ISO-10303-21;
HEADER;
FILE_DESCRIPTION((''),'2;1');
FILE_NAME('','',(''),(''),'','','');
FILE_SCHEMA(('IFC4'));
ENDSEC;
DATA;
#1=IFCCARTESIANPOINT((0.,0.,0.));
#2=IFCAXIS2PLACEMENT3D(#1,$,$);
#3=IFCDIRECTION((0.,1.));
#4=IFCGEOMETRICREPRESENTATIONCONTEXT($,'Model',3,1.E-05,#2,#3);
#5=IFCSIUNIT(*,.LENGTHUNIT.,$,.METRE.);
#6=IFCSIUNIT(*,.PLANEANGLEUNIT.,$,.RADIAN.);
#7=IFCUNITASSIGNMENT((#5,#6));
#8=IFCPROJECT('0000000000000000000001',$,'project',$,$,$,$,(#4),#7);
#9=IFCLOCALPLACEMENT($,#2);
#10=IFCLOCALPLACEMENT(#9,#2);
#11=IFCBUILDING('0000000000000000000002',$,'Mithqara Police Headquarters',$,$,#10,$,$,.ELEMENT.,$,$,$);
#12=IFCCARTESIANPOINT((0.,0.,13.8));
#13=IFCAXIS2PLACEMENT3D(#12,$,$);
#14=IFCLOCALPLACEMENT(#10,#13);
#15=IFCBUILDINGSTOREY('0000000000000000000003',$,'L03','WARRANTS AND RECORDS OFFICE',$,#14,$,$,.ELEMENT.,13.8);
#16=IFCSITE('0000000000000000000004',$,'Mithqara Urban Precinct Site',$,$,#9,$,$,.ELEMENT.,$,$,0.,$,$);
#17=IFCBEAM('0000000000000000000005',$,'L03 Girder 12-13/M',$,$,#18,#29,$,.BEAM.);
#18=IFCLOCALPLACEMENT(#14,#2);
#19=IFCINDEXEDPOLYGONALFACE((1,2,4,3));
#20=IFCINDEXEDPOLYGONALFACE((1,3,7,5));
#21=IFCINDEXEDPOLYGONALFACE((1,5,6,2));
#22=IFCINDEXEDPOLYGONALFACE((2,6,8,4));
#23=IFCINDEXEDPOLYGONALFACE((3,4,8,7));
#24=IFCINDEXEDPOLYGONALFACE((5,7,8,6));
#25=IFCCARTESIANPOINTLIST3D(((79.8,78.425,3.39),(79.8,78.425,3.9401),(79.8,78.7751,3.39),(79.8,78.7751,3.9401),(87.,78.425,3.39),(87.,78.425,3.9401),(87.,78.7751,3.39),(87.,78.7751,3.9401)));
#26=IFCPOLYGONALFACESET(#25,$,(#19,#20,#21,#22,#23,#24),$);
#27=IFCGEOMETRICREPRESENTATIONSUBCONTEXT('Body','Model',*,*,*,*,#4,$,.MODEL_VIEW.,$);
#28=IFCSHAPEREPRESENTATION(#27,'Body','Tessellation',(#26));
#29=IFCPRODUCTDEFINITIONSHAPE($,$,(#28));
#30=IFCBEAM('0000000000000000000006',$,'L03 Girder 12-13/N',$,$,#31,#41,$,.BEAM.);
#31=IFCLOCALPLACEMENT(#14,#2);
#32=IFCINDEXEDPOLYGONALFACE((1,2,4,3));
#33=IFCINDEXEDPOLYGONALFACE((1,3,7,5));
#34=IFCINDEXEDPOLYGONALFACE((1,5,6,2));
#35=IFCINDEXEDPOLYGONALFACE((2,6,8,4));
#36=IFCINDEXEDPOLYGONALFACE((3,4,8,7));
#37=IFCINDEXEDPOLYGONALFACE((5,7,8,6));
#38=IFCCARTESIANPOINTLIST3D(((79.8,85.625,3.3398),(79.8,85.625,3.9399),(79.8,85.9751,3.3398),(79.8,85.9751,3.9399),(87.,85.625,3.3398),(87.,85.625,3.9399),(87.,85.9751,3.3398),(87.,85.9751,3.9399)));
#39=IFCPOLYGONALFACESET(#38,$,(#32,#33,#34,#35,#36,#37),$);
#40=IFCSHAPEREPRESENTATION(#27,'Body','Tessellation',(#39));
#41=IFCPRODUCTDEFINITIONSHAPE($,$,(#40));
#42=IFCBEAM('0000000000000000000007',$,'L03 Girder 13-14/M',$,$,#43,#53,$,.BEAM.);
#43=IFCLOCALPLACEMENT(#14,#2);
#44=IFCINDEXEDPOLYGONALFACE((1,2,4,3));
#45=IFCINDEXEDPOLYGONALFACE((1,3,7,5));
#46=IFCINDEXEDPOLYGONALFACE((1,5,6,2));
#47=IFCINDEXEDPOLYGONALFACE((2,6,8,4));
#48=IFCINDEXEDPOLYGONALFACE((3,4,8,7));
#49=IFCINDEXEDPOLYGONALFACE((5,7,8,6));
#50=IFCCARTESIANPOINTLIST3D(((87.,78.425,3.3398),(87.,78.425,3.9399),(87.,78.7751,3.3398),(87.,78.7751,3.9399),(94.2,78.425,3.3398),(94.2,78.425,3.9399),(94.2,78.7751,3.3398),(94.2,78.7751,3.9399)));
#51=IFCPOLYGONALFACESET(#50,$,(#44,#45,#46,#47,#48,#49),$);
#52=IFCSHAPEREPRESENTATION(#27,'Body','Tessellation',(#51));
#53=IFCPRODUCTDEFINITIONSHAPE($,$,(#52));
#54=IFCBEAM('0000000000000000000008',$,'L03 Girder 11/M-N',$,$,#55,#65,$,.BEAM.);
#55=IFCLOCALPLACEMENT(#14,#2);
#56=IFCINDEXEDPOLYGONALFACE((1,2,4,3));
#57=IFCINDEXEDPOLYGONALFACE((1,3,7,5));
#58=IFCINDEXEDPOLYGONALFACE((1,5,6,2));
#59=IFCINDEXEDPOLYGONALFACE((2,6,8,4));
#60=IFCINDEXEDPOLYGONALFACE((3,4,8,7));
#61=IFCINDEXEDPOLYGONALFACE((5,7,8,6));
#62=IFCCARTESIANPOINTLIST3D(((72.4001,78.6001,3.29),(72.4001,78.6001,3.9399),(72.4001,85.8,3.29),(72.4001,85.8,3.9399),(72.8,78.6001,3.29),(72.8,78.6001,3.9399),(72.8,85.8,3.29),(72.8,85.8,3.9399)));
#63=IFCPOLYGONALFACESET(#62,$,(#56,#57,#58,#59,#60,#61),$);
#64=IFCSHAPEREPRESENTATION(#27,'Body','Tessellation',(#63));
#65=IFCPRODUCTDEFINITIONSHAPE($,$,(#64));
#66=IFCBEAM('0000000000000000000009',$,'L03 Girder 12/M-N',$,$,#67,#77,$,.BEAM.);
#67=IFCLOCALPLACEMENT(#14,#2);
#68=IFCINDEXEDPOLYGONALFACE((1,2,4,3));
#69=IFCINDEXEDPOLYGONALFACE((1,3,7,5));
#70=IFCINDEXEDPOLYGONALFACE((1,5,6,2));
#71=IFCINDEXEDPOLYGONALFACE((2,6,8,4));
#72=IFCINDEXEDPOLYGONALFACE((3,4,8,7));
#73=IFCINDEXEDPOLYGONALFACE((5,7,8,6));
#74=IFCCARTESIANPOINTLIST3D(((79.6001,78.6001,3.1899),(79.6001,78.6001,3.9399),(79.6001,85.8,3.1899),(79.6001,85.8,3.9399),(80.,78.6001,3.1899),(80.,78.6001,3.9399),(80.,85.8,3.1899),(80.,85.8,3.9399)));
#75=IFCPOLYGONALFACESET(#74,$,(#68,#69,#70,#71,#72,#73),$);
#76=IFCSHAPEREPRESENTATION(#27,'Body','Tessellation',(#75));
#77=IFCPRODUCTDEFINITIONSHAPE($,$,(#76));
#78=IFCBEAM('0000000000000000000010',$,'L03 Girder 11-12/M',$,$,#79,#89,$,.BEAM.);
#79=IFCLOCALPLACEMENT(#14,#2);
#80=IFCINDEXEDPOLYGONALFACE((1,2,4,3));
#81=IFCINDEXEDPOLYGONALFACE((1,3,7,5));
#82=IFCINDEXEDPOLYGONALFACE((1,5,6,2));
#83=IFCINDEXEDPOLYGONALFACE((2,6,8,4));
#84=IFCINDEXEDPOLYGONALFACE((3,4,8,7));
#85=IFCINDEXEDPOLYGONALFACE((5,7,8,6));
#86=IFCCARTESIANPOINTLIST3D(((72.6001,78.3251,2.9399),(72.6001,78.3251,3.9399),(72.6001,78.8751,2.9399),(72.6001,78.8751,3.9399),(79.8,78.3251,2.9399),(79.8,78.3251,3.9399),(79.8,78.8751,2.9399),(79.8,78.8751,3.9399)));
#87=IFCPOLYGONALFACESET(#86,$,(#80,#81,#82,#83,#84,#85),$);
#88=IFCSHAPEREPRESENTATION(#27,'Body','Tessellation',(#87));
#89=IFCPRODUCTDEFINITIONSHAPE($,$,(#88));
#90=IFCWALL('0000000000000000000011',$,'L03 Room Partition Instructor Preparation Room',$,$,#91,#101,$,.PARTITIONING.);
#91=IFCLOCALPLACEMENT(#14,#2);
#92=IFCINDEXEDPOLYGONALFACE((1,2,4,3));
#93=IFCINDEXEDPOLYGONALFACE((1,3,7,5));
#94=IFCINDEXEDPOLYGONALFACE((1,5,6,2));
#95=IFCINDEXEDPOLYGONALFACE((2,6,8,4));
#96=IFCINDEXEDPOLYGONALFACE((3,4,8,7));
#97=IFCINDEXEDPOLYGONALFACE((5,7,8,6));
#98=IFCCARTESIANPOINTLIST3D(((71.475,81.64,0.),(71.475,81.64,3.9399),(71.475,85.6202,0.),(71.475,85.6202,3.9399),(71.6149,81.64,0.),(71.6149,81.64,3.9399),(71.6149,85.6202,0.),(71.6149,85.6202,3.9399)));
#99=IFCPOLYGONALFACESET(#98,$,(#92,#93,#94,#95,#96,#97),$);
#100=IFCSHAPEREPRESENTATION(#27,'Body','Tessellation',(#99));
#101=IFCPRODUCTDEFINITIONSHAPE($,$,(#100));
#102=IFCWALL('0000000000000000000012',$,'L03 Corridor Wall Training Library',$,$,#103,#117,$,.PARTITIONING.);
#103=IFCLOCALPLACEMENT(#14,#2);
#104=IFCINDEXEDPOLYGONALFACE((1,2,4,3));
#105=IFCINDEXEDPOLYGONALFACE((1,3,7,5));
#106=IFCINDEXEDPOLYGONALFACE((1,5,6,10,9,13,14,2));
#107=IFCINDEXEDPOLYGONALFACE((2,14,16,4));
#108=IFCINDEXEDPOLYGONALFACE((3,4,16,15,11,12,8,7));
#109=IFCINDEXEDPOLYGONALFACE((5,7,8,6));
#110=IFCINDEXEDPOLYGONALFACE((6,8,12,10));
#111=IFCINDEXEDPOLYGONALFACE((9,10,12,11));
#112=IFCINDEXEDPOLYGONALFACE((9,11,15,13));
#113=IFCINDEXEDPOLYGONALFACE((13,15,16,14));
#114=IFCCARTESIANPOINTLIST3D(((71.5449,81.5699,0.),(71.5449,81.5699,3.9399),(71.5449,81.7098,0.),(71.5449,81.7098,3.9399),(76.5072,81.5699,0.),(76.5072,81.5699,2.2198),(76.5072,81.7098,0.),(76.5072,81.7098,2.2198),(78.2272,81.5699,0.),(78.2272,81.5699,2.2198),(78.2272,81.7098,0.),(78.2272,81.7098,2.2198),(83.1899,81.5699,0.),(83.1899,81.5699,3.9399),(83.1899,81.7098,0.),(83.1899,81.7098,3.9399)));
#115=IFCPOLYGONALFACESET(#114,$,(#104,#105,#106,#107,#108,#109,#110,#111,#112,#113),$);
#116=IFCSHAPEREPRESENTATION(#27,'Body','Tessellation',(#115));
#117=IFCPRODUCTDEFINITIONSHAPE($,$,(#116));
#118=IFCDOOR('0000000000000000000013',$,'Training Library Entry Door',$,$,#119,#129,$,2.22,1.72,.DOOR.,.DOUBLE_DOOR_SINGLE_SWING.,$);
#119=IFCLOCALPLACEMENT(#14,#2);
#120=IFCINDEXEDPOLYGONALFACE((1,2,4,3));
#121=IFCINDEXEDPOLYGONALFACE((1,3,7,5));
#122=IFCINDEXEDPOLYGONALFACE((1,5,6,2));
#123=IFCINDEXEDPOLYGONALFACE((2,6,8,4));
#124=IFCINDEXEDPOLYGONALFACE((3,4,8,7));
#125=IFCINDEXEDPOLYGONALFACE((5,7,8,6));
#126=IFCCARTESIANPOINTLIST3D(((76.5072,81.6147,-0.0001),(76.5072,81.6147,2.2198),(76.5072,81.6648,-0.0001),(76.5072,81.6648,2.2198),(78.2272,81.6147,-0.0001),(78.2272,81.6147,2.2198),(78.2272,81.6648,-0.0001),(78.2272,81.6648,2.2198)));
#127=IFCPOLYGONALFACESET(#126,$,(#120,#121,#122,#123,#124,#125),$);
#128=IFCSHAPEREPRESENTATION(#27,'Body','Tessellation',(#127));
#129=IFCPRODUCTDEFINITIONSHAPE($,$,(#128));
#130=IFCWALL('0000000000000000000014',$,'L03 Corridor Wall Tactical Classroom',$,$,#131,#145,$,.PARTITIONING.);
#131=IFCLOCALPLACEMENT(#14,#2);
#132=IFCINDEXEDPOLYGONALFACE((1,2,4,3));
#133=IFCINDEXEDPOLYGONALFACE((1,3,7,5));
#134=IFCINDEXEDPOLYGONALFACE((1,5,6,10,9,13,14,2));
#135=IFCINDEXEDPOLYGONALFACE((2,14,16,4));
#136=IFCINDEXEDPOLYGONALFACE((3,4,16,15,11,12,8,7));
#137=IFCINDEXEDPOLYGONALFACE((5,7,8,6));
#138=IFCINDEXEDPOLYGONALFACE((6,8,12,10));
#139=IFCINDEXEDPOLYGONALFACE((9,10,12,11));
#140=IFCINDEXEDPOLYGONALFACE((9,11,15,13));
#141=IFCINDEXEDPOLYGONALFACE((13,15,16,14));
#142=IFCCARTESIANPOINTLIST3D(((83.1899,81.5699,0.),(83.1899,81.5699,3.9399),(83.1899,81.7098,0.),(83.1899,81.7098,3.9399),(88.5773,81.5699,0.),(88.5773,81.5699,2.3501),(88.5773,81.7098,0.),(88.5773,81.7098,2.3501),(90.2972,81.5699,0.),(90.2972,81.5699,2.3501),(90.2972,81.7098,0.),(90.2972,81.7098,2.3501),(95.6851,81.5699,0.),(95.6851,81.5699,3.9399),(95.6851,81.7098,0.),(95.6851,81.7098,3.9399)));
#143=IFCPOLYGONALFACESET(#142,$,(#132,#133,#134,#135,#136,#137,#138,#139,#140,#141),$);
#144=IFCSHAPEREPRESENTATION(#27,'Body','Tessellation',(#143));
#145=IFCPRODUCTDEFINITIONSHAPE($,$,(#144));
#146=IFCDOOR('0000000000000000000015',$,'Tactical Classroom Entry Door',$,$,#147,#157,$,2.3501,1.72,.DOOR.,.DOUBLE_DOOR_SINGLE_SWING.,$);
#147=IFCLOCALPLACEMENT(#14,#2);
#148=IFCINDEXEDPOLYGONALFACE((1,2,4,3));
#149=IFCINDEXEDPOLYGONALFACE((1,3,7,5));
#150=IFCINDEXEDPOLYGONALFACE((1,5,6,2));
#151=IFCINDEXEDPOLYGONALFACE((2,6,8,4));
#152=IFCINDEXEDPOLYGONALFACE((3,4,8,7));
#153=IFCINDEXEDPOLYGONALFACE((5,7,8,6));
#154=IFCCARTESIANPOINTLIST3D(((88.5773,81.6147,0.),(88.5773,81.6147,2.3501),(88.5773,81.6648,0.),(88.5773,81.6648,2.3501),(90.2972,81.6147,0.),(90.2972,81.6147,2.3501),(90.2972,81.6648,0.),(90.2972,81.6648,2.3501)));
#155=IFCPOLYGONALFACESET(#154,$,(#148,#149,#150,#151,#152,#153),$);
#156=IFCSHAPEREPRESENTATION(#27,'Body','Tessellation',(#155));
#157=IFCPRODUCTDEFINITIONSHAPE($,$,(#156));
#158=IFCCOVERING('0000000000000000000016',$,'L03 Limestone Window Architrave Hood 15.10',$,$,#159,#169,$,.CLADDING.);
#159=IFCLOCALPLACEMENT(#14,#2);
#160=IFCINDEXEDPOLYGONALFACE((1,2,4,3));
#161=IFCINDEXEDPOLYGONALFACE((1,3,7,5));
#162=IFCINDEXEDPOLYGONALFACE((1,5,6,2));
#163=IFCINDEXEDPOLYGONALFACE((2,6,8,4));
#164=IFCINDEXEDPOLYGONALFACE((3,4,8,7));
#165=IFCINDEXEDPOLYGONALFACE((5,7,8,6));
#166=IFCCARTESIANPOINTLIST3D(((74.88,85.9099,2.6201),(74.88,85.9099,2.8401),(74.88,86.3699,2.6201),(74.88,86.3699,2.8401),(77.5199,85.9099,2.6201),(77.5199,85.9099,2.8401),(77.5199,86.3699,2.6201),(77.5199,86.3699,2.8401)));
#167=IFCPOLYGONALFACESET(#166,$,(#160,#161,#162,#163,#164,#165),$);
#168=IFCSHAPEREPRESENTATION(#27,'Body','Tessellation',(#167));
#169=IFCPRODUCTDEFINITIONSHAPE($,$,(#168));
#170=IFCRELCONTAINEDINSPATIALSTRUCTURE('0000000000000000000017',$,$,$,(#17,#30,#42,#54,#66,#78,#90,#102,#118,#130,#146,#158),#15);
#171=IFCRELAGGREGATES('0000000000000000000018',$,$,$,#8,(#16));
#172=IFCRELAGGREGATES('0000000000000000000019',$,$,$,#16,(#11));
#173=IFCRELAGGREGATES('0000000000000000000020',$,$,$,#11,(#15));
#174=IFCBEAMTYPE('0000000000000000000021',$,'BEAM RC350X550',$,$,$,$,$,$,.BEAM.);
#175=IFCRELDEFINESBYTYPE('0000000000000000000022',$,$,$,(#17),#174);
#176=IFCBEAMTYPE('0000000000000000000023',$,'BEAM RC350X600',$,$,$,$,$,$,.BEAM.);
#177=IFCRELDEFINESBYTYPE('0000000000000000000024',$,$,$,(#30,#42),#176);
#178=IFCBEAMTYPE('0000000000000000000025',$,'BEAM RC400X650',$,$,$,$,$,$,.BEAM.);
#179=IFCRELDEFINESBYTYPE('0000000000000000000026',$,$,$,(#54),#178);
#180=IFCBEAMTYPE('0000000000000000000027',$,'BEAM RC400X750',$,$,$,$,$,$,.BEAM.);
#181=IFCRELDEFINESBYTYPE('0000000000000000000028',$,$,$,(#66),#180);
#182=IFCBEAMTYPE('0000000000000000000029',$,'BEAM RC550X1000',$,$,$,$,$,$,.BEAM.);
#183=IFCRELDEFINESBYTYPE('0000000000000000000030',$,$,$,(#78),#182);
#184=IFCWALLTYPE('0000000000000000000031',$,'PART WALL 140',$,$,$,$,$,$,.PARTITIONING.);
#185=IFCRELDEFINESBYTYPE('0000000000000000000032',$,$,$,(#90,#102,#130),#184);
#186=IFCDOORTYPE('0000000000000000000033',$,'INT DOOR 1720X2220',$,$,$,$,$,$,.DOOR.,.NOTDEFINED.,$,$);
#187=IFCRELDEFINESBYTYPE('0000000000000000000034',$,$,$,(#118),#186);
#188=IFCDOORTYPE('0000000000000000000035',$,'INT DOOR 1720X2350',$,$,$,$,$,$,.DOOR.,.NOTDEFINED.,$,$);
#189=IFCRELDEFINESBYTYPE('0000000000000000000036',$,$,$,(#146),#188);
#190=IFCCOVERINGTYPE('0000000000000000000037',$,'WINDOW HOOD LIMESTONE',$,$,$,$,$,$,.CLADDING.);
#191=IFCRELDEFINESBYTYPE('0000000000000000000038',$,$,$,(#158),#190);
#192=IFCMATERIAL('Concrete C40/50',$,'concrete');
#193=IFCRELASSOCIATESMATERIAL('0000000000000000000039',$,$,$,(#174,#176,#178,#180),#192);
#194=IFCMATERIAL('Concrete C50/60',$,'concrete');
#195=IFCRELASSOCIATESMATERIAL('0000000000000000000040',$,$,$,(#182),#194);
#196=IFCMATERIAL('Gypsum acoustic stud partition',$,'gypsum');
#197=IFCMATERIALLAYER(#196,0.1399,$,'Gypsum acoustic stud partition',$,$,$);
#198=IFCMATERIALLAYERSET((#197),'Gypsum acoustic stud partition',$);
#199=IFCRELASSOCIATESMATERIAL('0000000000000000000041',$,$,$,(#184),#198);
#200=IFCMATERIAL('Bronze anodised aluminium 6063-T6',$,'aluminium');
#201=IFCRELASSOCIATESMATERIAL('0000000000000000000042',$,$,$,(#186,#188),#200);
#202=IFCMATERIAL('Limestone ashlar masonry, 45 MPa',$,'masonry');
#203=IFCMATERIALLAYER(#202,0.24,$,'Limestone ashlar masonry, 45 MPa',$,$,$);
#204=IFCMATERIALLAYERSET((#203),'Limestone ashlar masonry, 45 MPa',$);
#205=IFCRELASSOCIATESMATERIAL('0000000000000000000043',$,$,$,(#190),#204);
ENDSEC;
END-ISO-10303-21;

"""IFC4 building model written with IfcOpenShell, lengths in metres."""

from ifc_helpers import new_model, si_unit, direction, frame, frame_2d, origin, origin_2d, place, context, subcontext, project, spatial, rectangle, extrude, material, layer, layer_set, material_profile, profile_set, type_object, element, fill, save


model = new_model("IFC4")

# Units and contexts
model_context = context("Model", 3, precision=1e-05, world=origin(), true_north=direction((0.0, 1.0)))
body_context = subcontext(model_context, "Body", "Model", "MODEL_VIEW")
ifc_project = project(units=[si_unit("LENGTHUNIT", "METRE"), si_unit("PLANEANGLEUNIT", "RADIAN")], contexts=[model_context])

# Site, building, storey
site_placement = place(None, origin())
site = spatial("IfcSite", under=ifc_project, at=site_placement, Name="Mithqara Urban Precinct Site", CompositionType="ELEMENT", RefElevation=0.0)
building_placement = place(site_placement, origin())
building = spatial("IfcBuilding", under=site, at=building_placement, Name="Mithqara Police Headquarters", CompositionType="ELEMENT")
storey_placement = place(building_placement, frame((0.0, 0.0, 13.8)))
storey = spatial("IfcBuildingStorey", under=building, at=storey_placement, Name="L03", Description="WARRANTS AND RECORDS OFFICE", CompositionType="ELEMENT", Elevation=13.8)

# Shared definitions
ifc_material_1 = material(Name="Concrete C50/60", Category="concrete")

# Beams
ifc_material_2 = material(Name="Concrete C40/50", Category="concrete")
ifc_material_profile_1 = material_profile(ifc_material_2, rectangle(XDim=0.3501, YDim=0.55, at=origin_2d()), Name="RC 350x550")
ifc_profile_set_1 = profile_set([ifc_material_profile_1], Name="Concrete C40/50")
beam_type_1 = type_object("IfcBeamType", Name="BEAM RC350X550", PredefinedType="BEAM", material=ifc_profile_set_1)
for number, where, z_axis, x_axis, name in (
    (1, (79.8, 78.6001, 3.665), (1.0, 0.0, 0.0), (0.0, 1.0, 0.0), "L03 Girder 12-13/M"),
):
    element("IfcBeam", number, at=place(storey_placement, frame(where, z_axis=z_axis, x_axis=x_axis)), inside=storey, type_object=beam_type_1, Name=name, PredefinedType="BEAM", context=body_context, shape_type="SweptSolid", body=[
        extrude(rectangle(XDim=0.3501, YDim=0.55, at=origin_2d()), origin(), (0.0, 0.0, 1.0), 7.2),
    ])
ifc_material_profile_2 = material_profile(ifc_material_2, rectangle(XDim=0.3501, YDim=0.6001, at=origin_2d()), Name="RC 350x600")
ifc_profile_set_2 = profile_set([ifc_material_profile_2], Name="Concrete C40/50")
beam_type_2 = type_object("IfcBeamType", Name="BEAM RC350X600", PredefinedType="BEAM", material=ifc_profile_set_2)
for number, where, z_axis, x_axis, name in (
    (2, (79.8, 85.8, 3.6399), (1.0, 0.0, 0.0), (0.0, 1.0, 0.0), "L03 Girder 12-13/N"),
    (3, (87.0, 78.6001, 3.6399), (1.0, 0.0, 0.0), (0.0, 1.0, 0.0), "L03 Girder 13-14/M"),
):
    element("IfcBeam", number, at=place(storey_placement, frame(where, z_axis=z_axis, x_axis=x_axis)), inside=storey, type_object=beam_type_2, Name=name, PredefinedType="BEAM", context=body_context, shape_type="SweptSolid", body=[
        extrude(rectangle(XDim=0.3501, YDim=0.6001, at=origin_2d()), origin(), (0.0, 0.0, 1.0), 7.2),
    ])
ifc_material_profile_3 = material_profile(ifc_material_2, rectangle(XDim=0.3999, YDim=0.6499, at=origin_2d()), Name="RC 400x650")
ifc_profile_set_3 = profile_set([ifc_material_profile_3], Name="Concrete C40/50")
beam_type_3 = type_object("IfcBeamType", Name="BEAM RC400X650", PredefinedType="BEAM", material=ifc_profile_set_3)
beam_1_placement = place(storey_placement, frame((72.6001, 78.6001, 3.615), z_axis=(0.0, 1.0, 0.0), x_axis=(-1.0, 0.0, 0.0)))
element("IfcBeam", 4, at=beam_1_placement, inside=storey, type_object=beam_type_3, Name="L03 Girder 11/M-N", PredefinedType="BEAM", context=body_context, shape_type="SweptSolid", body=[
    extrude(rectangle(XDim=0.3999, YDim=0.6499, at=origin_2d()), origin(), (0.0, 0.0, 1.0), 7.2),
])
ifc_material_profile_4 = material_profile(ifc_material_2, rectangle(XDim=0.3999, YDim=0.75, at=origin_2d()), Name="RC 400x750")
ifc_profile_set_4 = profile_set([ifc_material_profile_4], Name="Concrete C40/50")
beam_type_4 = type_object("IfcBeamType", Name="BEAM RC400X750", PredefinedType="BEAM", material=ifc_profile_set_4)
beam_2_placement = place(storey_placement, frame((79.8, 78.6001, 3.5649), z_axis=(0.0, 1.0, 0.0), x_axis=(-1.0, 0.0, 0.0)))
element("IfcBeam", 5, at=beam_2_placement, inside=storey, type_object=beam_type_4, Name="L03 Girder 12/M-N", PredefinedType="BEAM", context=body_context, shape_type="SweptSolid", body=[
    extrude(rectangle(XDim=0.3999, YDim=0.75, at=origin_2d()), origin(), (0.0, 0.0, 1.0), 7.2),
])
ifc_material_profile_5 = material_profile(ifc_material_1, rectangle(XDim=0.55, YDim=1.0, at=origin_2d()), Name="RC 550x1000")
ifc_profile_set_5 = profile_set([ifc_material_profile_5], Name="Concrete C50/60")
beam_type_5 = type_object("IfcBeamType", Name="BEAM RC550X1000", PredefinedType="BEAM", material=ifc_profile_set_5)
beam_3_placement = place(storey_placement, frame((72.6001, 78.6001, 3.4399), z_axis=(1.0, 0.0, 0.0), x_axis=(0.0, 1.0, 0.0)))
element("IfcBeam", 6, at=beam_3_placement, inside=storey, type_object=beam_type_5, Name="L03 Girder 11-12/M", PredefinedType="BEAM", context=body_context, shape_type="SweptSolid", body=[
    extrude(rectangle(XDim=0.55, YDim=1.0, at=origin_2d()), origin(), (0.0, 0.0, 1.0), 7.2),
])

# Wall
ifc_material_3 = material(Name="Gypsum acoustic stud partition", Category="gypsum")
ifc_layer_1 = layer(ifc_material_3, 0.1399, Name="Gypsum acoustic stud partition")
ifc_layer_set_1 = layer_set([ifc_layer_1], Name="Gypsum acoustic stud partition")
wall_type = type_object("IfcWallType", Name="PART WALL 140", PredefinedType="PARTITIONING", material=ifc_layer_set_1)
wall_1_placement = place(storey_placement, frame((71.5449, 81.6399, 0.0), z_axis=(0.0, 0.0, 1.0), x_axis=(0.0, 1.0, 0.0)))
element("IfcWall", 7, at=wall_1_placement, inside=storey, type_object=wall_type, Name="L03 Room Partition Instructor Preparation Room", PredefinedType="PARTITIONING", context=body_context, shape_type="SweptSolid", body=[
    extrude(rectangle(XDim=3.9802, YDim=0.1399, at=frame_2d((1.9902, 0.0))), origin(), (0.0, 0.0, 1.0), 3.9399),
])

# Walls, openings, doors
wall_2_placement = place(storey_placement, frame((71.5449, 81.6399, 0.0), z_axis=(0.0, 0.0, 1.0), x_axis=(1.0, 0.0, 0.0)))
wall_2 = element("IfcWall", 8, at=wall_2_placement, inside=storey, type_object=wall_type, Name="L03 Corridor Wall Training Library", PredefinedType="PARTITIONING", context=body_context, shape_type="SweptSolid", body=[
    extrude(rectangle(XDim=11.645, YDim=0.1399, at=frame_2d((5.8225, 0.0))), origin(), (0.0, 0.0, 1.0), 3.9399),
])
opening_1_placement = place(wall_2_placement, frame((4.9624, 0.0, 0.0)))
opening_1 = element("IfcOpeningElement", 9, at=opening_1_placement, cuts=wall_2, PredefinedType="OPENING", context=body_context, shape_type="SweptSolid", body=[
    extrude(rectangle(XDim=1.72, YDim=2.22, at=frame_2d((0.8599, 1.1099))), frame((0.0, 0.0801, 0.0), z_axis=(0.0, -1.0, 0.0), x_axis=(1.0, 0.0, 0.0)), (0.0, 0.0, 1.0), 0.1599),
])
ifc_material_4 = material(Name="Bronze anodised aluminium 6063-T6", Category="aluminium")
door_type_1 = type_object("IfcDoorType", Name="INT DOOR 1720X2220", OperationType="NOTDEFINED", PredefinedType="DOOR", material=ifc_material_4)
door_1_placement = place(opening_1_placement, origin())
door_1 = element("IfcDoor", 10, at=door_1_placement, inside=storey, type_object=door_type_1, Name="Training Library Entry Door", OperationType="DOUBLE_DOOR_SINGLE_SWING", OverallHeight=2.22, OverallWidth=1.72, PredefinedType="DOOR", context=body_context, shape_type="SweptSolid", body=[
    extrude(rectangle(XDim=1.72, YDim=2.22, at=frame_2d((0.8599, 1.1099))), frame((0.0, 0.0249, 0.0), z_axis=(0.0, -1.0, 0.0), x_axis=(1.0, 0.0, 0.0)), (0.0, 0.0, 1.0), 0.05),
])
fill(opening_1, door_1)
wall_3_placement = place(storey_placement, frame((83.1899, 81.6399, 0.0), z_axis=(0.0, 0.0, 1.0), x_axis=(1.0, 0.0, 0.0)))
wall_3 = element("IfcWall", 11, at=wall_3_placement, inside=storey, type_object=wall_type, Name="L03 Corridor Wall Tactical Classroom", PredefinedType="PARTITIONING", context=body_context, shape_type="SweptSolid", body=[
    extrude(rectangle(XDim=12.4951, YDim=0.1399, at=frame_2d((6.2476, 0.0))), origin(), (0.0, 0.0, 1.0), 3.9399),
])
opening_2_placement = place(wall_3_placement, frame((5.3875, 0.0, 0.0)))
opening_2 = element("IfcOpeningElement", 12, at=opening_2_placement, cuts=wall_3, PredefinedType="OPENING", context=body_context, shape_type="SweptSolid", body=[
    extrude(rectangle(XDim=1.72, YDim=2.3501, at=frame_2d((0.8599, 1.175))), frame((0.0, 0.0801, 0.0), z_axis=(0.0, -1.0, 0.0), x_axis=(1.0, 0.0, 0.0)), (0.0, 0.0, 1.0), 0.1599),
])
door_type_2 = type_object("IfcDoorType", Name="INT DOOR 1720X2350", OperationType="NOTDEFINED", PredefinedType="DOOR", material=ifc_material_4)
door_2_placement = place(opening_2_placement, origin())
door_2 = element("IfcDoor", 13, at=door_2_placement, inside=storey, type_object=door_type_2, Name="Tactical Classroom Entry Door", OperationType="DOUBLE_DOOR_SINGLE_SWING", OverallHeight=2.3501, OverallWidth=1.72, PredefinedType="DOOR", context=body_context, shape_type="SweptSolid", body=[
    extrude(rectangle(XDim=1.72, YDim=2.3501, at=frame_2d((0.8599, 1.175))), frame((0.0, 0.0249, 0.0), z_axis=(0.0, -1.0, 0.0), x_axis=(1.0, 0.0, 0.0)), (0.0, 0.0, 1.0), 0.05),
])
fill(opening_2, door_2)

# Covering
ifc_material_5 = material(Name="Limestone ashlar masonry, 45 MPa", Category="masonry")
ifc_layer_2 = layer(ifc_material_5, 0.24, Name="Limestone ashlar masonry, 45 MPa")
ifc_layer_set_2 = layer_set([ifc_layer_2], Name="Limestone ashlar masonry, 45 MPa")
covering_type = type_object("IfcCoveringType", Name="WINDOW HOOD LIMESTONE", PredefinedType="CLADDING", material=ifc_layer_set_2)
for number, where, z_axis, x_axis, name in (
    (14, (76.2, 86.1399, 2.6201), (0.0, 0.0, 1.0), (1.0, 0.0, 0.0), "L03 Limestone Window Architrave Hood 15.10"),
):
    element("IfcCovering", number, at=place(storey_placement, frame(where, z_axis=z_axis, x_axis=x_axis)), inside=storey, type_object=covering_type, Name=name, PredefinedType="CLADDING", context=body_context, shape_type="SweptSolid", body=[
        extrude(rectangle(XDim=2.6399, YDim=0.46, at=origin_2d()), origin(), (0.0, 0.0, 1.0), 0.22),
    ])

save(model, "model.ifc")
